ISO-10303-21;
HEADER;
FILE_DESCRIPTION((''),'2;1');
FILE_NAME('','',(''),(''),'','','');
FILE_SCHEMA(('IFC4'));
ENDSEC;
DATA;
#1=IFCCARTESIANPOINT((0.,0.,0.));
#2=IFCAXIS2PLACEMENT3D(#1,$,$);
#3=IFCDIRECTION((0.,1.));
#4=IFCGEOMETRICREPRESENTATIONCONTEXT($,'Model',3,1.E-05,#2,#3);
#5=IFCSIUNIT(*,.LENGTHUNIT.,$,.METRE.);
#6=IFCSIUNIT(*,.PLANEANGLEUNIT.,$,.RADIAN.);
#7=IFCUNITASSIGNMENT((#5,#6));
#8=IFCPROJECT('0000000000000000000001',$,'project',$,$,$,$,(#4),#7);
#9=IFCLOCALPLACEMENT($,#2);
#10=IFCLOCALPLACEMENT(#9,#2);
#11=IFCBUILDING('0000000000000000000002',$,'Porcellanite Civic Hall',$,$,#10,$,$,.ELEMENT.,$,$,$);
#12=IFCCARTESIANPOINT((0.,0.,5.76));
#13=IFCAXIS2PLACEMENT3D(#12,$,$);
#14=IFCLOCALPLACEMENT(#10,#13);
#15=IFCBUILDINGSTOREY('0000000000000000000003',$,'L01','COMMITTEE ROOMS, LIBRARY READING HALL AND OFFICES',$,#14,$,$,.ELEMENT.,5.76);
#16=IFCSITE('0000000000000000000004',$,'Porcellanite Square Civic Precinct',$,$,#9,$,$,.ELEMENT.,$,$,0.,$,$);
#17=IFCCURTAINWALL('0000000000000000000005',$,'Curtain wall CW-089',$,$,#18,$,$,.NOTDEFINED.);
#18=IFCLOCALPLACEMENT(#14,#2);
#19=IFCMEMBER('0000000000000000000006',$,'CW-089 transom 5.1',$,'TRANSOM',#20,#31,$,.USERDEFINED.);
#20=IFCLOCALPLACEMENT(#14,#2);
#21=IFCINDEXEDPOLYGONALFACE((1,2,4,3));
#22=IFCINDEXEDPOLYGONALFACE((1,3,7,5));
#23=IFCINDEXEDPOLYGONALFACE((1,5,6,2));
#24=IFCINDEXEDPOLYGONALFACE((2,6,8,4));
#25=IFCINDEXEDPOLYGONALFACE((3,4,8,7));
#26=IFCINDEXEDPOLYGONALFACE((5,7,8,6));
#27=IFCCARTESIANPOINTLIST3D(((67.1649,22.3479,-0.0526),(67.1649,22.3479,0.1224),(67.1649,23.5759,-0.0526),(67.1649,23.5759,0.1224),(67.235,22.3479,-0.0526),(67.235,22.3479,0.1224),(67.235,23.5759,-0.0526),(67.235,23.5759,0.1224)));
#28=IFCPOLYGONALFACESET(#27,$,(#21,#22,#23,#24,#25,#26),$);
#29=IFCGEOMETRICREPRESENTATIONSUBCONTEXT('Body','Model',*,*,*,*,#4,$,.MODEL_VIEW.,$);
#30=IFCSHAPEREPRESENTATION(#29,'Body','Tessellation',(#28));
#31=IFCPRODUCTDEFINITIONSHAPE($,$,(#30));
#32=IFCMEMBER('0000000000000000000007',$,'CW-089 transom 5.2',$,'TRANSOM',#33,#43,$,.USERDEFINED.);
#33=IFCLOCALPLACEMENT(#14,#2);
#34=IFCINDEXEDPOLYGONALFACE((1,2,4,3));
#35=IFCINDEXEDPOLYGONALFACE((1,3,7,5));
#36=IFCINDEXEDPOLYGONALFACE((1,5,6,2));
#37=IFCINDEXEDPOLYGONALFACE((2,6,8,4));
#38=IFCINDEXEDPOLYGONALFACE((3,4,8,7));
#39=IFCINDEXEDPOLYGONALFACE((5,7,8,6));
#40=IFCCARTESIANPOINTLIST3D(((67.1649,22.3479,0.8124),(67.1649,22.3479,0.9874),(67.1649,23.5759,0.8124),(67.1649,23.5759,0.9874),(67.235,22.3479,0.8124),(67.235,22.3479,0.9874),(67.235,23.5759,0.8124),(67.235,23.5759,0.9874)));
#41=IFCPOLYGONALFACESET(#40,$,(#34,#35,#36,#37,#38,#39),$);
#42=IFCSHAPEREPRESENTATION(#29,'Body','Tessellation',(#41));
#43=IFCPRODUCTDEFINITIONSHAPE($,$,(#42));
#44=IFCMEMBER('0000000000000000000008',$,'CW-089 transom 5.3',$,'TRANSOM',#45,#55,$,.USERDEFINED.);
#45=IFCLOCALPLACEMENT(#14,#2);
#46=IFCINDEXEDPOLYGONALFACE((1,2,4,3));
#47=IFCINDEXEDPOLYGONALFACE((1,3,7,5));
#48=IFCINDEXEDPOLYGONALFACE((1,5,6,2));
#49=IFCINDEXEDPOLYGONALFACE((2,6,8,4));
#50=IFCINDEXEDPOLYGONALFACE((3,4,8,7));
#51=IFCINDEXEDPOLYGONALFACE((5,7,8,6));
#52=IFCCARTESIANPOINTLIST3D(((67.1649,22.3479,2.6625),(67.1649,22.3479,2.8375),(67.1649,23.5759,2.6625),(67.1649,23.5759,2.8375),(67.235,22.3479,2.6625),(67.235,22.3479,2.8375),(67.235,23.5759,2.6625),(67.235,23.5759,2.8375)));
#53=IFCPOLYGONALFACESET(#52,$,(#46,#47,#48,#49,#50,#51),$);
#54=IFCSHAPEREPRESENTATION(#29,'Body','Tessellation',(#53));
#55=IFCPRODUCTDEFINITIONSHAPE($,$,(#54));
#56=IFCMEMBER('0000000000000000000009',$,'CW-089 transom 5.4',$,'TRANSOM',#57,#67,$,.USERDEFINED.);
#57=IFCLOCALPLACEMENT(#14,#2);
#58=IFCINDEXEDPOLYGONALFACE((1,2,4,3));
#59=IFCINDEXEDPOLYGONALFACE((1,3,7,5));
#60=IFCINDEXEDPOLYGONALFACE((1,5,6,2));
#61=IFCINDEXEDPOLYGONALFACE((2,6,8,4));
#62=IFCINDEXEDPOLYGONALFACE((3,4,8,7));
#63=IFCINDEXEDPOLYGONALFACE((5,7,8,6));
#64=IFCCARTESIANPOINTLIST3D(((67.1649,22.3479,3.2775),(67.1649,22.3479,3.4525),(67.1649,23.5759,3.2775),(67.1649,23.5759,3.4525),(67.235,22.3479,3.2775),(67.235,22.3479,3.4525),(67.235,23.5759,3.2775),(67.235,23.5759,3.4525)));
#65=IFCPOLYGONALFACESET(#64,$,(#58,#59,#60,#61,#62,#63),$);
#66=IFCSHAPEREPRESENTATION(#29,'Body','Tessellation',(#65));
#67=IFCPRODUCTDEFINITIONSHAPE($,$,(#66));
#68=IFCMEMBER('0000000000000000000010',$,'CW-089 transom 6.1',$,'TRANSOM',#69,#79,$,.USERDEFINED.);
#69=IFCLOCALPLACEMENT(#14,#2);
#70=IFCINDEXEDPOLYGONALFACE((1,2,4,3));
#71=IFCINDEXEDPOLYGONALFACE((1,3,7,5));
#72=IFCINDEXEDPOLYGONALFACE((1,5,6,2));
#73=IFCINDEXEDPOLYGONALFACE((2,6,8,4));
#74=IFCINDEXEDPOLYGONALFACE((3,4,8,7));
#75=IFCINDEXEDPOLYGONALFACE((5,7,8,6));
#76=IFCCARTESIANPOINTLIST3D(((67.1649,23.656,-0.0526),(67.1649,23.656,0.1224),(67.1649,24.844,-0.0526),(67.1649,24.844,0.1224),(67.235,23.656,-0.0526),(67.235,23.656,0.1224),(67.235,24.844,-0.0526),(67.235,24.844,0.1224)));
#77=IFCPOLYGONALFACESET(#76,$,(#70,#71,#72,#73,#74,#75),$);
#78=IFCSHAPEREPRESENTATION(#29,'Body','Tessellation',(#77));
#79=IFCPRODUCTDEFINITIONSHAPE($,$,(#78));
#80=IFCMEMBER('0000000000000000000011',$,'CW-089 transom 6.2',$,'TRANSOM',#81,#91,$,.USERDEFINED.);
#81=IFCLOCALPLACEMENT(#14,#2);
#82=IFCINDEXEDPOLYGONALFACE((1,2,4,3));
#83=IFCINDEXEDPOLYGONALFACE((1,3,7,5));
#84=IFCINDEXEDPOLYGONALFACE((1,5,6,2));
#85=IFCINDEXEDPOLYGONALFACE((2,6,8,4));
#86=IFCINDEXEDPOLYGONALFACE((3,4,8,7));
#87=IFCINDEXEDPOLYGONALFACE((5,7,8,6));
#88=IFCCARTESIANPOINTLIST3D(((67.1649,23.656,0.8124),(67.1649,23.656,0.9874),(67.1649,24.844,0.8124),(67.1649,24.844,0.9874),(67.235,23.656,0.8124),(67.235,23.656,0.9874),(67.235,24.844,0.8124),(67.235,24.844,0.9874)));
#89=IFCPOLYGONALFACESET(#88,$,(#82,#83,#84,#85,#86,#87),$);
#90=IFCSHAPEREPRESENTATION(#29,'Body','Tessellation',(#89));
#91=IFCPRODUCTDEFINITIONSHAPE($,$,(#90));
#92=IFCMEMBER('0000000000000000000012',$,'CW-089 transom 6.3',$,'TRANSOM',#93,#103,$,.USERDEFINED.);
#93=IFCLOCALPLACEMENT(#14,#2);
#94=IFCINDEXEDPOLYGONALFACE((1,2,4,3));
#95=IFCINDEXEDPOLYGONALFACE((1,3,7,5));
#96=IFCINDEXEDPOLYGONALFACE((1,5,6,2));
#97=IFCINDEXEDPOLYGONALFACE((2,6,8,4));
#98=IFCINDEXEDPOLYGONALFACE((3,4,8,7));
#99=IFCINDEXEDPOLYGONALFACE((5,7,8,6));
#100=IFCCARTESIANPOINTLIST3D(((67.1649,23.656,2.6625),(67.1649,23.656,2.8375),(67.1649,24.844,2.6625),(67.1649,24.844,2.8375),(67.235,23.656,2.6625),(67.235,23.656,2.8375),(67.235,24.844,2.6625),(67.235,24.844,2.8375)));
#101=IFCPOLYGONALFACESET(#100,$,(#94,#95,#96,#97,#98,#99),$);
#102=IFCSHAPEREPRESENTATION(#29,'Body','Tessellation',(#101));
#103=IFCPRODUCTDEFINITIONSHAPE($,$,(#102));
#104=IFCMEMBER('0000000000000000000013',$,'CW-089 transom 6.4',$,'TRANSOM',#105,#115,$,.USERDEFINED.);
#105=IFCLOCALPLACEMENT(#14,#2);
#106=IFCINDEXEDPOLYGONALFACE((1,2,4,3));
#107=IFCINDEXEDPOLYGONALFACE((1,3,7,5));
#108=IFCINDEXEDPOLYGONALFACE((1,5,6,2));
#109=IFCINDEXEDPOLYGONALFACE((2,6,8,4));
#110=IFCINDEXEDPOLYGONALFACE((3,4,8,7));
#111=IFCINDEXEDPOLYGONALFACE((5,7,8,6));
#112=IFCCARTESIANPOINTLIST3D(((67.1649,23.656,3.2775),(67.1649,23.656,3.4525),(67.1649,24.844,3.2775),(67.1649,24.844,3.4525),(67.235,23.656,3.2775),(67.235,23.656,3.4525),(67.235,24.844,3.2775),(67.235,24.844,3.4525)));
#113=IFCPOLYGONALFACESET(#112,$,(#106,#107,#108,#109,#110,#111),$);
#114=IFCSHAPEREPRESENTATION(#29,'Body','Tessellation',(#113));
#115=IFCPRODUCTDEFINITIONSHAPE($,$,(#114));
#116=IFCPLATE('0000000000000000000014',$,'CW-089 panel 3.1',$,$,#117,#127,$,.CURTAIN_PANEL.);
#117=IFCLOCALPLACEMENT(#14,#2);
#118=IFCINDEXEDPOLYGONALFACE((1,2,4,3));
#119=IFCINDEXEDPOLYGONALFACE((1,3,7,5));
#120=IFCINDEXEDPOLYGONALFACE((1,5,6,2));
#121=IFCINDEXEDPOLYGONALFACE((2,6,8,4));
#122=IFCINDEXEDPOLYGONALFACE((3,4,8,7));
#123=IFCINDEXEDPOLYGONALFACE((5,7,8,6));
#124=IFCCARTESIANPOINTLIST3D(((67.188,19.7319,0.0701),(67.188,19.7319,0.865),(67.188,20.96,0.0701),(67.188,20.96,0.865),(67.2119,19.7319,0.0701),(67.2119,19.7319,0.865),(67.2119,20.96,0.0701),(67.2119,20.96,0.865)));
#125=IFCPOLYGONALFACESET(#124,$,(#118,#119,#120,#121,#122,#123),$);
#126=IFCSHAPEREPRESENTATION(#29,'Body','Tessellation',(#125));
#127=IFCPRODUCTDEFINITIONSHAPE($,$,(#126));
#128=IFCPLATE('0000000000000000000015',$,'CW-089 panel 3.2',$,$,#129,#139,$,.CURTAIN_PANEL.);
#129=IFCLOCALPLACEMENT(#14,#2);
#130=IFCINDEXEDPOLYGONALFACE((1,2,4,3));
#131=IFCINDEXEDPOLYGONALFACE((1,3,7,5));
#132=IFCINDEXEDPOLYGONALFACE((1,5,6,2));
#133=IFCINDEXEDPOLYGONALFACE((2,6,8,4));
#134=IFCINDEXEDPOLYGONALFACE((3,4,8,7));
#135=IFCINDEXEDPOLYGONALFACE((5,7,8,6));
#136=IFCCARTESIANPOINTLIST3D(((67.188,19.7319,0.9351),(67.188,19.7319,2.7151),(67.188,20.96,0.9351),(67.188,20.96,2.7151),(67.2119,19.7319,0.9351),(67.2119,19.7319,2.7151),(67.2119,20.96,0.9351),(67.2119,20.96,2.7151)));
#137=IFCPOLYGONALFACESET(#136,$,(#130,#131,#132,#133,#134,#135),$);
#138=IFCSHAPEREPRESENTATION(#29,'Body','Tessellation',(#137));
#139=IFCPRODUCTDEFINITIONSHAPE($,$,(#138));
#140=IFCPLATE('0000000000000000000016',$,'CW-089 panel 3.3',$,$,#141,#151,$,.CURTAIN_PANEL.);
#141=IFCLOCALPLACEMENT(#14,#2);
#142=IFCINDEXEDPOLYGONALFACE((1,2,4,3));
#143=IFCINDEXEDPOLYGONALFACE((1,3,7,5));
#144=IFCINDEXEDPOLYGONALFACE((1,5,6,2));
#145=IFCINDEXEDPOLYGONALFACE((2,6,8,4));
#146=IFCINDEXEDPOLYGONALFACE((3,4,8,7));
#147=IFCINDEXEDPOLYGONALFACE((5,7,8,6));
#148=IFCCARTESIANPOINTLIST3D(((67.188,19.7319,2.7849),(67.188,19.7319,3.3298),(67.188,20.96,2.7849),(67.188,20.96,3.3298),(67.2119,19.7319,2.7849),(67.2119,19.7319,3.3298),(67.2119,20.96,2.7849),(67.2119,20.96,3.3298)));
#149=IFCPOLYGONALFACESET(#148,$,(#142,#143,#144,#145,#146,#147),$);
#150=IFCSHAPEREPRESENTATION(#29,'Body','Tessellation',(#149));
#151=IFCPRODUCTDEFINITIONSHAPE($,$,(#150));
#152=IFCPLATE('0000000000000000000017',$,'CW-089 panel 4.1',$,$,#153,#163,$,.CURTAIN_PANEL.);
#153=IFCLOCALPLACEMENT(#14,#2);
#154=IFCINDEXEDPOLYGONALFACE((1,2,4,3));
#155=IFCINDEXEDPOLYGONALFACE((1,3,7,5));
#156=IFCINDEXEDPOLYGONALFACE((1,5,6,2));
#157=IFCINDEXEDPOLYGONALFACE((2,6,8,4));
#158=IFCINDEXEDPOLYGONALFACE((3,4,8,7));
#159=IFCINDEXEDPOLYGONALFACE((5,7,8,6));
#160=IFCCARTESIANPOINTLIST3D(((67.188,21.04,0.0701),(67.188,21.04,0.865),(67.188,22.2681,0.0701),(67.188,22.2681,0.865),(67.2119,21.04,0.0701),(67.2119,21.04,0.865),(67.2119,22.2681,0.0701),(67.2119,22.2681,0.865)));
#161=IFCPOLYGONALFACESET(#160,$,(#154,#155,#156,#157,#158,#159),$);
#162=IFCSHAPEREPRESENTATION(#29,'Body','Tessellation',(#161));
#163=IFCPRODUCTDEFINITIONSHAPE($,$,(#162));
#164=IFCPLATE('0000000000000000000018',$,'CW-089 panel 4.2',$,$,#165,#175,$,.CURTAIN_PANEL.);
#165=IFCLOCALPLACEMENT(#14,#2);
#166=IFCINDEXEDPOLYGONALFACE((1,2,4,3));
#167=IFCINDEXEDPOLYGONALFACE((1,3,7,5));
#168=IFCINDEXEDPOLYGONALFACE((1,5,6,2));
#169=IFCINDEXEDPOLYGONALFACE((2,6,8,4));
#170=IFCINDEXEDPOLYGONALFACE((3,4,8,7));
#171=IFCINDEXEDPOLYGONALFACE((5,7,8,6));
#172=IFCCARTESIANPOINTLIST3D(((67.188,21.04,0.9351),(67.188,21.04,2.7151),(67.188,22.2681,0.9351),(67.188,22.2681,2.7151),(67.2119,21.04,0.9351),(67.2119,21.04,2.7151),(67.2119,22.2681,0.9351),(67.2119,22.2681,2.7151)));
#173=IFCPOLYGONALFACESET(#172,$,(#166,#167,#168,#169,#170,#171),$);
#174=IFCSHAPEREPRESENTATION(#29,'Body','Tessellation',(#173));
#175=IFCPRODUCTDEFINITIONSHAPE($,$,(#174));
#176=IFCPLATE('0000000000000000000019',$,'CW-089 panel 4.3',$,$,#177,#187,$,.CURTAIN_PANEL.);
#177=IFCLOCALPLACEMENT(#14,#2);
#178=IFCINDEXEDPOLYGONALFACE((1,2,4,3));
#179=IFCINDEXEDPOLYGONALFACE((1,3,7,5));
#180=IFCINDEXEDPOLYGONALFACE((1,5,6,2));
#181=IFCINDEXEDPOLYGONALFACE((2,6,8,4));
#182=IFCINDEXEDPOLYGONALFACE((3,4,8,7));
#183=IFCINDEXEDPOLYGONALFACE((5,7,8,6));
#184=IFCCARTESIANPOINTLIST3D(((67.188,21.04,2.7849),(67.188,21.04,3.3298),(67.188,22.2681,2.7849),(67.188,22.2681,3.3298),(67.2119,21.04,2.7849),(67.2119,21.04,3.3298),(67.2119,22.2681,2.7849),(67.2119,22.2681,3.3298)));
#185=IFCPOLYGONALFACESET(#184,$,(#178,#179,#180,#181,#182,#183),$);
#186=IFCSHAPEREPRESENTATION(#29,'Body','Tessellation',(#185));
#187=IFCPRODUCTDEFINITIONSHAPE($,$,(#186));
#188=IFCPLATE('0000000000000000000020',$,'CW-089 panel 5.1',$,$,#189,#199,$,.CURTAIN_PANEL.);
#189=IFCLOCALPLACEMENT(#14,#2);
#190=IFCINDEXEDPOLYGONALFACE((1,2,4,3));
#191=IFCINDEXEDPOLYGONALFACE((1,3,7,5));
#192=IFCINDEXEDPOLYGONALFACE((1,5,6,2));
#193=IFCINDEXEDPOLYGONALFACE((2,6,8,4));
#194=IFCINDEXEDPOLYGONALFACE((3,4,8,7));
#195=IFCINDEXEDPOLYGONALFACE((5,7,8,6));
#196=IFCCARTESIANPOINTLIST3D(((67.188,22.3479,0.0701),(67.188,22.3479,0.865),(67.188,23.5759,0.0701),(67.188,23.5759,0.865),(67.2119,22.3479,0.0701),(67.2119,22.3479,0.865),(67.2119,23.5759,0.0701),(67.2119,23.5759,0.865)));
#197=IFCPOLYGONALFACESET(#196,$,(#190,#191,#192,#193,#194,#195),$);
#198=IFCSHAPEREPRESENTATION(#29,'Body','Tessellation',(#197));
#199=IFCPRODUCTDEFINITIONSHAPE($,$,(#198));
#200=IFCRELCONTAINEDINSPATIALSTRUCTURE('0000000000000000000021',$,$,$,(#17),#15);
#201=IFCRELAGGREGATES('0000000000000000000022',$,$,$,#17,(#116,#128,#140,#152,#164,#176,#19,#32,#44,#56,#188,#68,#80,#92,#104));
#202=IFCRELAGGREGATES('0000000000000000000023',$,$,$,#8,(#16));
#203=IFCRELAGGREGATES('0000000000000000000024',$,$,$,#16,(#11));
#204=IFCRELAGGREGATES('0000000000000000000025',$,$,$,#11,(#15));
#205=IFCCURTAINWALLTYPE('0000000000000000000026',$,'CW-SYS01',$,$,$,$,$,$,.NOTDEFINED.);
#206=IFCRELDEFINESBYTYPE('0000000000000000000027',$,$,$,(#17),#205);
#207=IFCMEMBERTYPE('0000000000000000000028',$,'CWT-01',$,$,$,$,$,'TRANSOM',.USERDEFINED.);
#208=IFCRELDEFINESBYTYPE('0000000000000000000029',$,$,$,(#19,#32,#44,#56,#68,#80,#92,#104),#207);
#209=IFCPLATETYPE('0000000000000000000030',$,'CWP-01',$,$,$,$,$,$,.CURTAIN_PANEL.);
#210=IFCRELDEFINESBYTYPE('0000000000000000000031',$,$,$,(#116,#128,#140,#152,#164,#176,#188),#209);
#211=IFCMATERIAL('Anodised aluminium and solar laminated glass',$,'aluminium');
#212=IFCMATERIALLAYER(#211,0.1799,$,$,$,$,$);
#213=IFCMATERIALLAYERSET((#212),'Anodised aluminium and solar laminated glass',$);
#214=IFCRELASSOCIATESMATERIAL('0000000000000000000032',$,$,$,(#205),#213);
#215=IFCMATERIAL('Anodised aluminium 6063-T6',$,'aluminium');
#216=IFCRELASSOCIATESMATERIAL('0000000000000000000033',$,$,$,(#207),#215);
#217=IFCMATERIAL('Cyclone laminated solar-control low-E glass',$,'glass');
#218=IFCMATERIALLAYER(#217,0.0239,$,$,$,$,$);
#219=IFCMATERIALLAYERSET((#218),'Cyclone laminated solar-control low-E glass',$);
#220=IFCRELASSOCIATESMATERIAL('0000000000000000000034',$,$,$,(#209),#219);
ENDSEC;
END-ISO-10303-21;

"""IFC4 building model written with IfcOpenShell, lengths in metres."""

from ifc_helpers import new_model, si_unit, direction, frame, origin, origin_2d, place, context, subcontext, project, spatial, rectangle, extrude, material, layer, layer_set, material_profile, profile_set, type_object, element, aggregate, save


model = new_model("IFC4")

# Units and contexts
model_context = context("Model", 3, precision=1e-05, world=origin(), true_north=direction((0.0, 1.0)))
body_context = subcontext(model_context, "Body", "Model", "MODEL_VIEW")
ifc_project = project(units=[si_unit("LENGTHUNIT", "METRE"), si_unit("PLANEANGLEUNIT", "RADIAN")], contexts=[model_context])

# Site, building, storey
site_placement = place(None, origin())
site = spatial("IfcSite", under=ifc_project, at=site_placement, Name="Porcellanite Square Civic Precinct", CompositionType="ELEMENT", RefElevation=0.0)
building_placement = place(site_placement, origin())
building = spatial("IfcBuilding", under=site, at=building_placement, Name="Porcellanite Civic Hall", CompositionType="ELEMENT")
storey_placement = place(building_placement, frame((0.0, 0.0, 5.76)))
storey = spatial("IfcBuildingStorey", under=building, at=storey_placement, Name="L01", Description="COMMITTEE ROOMS, LIBRARY READING HALL AND OFFICES", CompositionType="ELEMENT", Elevation=5.76)

# Curtain wall, members, plates
ifc_material_1 = material(Name="Anodised aluminium and solar laminated glass", Category="aluminium")
ifc_layer_1 = layer(ifc_material_1, 0.1799)
ifc_layer_set_1 = layer_set([ifc_layer_1], Name="Anodised aluminium and solar laminated glass")
curtain_wall_type = type_object("IfcCurtainWallType", Name="CW-SYS01", PredefinedType="NOTDEFINED", material=ifc_layer_set_1)
curtain_wall_placement = place(storey_placement, origin())
curtain_wall = element("IfcCurtainWall", 1, at=curtain_wall_placement, inside=storey, type_object=curtain_wall_type, Name="Curtain wall CW-089", PredefinedType="NOTDEFINED")
ifc_material_2 = material(Name="Anodised aluminium 6063-T6", Category="aluminium")
ifc_material_profile_1 = material_profile(ifc_material_2, rectangle(XDim=0.0701, YDim=0.175, at=origin_2d()), Name="AL-70x175")
ifc_profile_set_1 = profile_set([ifc_material_profile_1], Name="Anodised aluminium 6063-T6")
member_type_1 = type_object("IfcMemberType", Name="CWT-01", ElementType="TRANSOM", PredefinedType="USERDEFINED", material=ifc_profile_set_1)
member_1_placement = place(storey_placement, frame((67.2, 22.3479, 0.0349), z_axis=(0.0, 1.0, 0.0), x_axis=(-1.0, 0.0, 0.0)))
member_1 = element("IfcMember", 2, at=member_1_placement, type_object=member_type_1, Name="CW-089 transom 5.1", ObjectType="TRANSOM", PredefinedType="USERDEFINED", context=body_context, shape_type="SweptSolid", body=[
    extrude(rectangle(XDim=0.0701, YDim=0.175, at=origin_2d()), origin(), (0.0, 0.0, 1.0), 1.228),
])
member_2_placement = place(storey_placement, frame((67.2, 22.3479, 0.8999), z_axis=(0.0, 1.0, 0.0), x_axis=(-1.0, 0.0, 0.0)))
member_2 = element("IfcMember", 3, at=member_2_placement, type_object=member_type_1, Name="CW-089 transom 5.2", ObjectType="TRANSOM", PredefinedType="USERDEFINED", context=body_context, shape_type="SweptSolid", body=[
    extrude(rectangle(XDim=0.0701, YDim=0.175, at=origin_2d()), origin(), (0.0, 0.0, 1.0), 1.228),
])
member_3_placement = place(storey_placement, frame((67.2, 22.3479, 2.75), z_axis=(0.0, 1.0, 0.0), x_axis=(-1.0, 0.0, 0.0)))
member_3 = element("IfcMember", 4, at=member_3_placement, type_object=member_type_1, Name="CW-089 transom 5.3", ObjectType="TRANSOM", PredefinedType="USERDEFINED", context=body_context, shape_type="SweptSolid", body=[
    extrude(rectangle(XDim=0.0701, YDim=0.175, at=origin_2d()), origin(), (0.0, 0.0, 1.0), 1.228),
])
member_4_placement = place(storey_placement, frame((67.2, 22.3479, 3.365), z_axis=(0.0, 1.0, 0.0), x_axis=(-1.0, 0.0, 0.0)))
member_4 = element("IfcMember", 5, at=member_4_placement, type_object=member_type_1, Name="CW-089 transom 5.4", ObjectType="TRANSOM", PredefinedType="USERDEFINED", context=body_context, shape_type="SweptSolid", body=[
    extrude(rectangle(XDim=0.0701, YDim=0.175, at=origin_2d()), origin(), (0.0, 0.0, 1.0), 1.228),
])
member_5_placement = place(storey_placement, frame((67.2, 23.656, 0.0349), z_axis=(0.0, 1.0, 0.0), x_axis=(-1.0, 0.0, 0.0)))
member_5 = element("IfcMember", 6, at=member_5_placement, type_object=member_type_1, Name="CW-089 transom 6.1", ObjectType="TRANSOM", PredefinedType="USERDEFINED", context=body_context, shape_type="SweptSolid", body=[
    extrude(rectangle(XDim=0.0701, YDim=0.175, at=origin_2d()), origin(), (0.0, 0.0, 1.0), 1.188),
])
member_6_placement = place(storey_placement, frame((67.2, 23.656, 0.8999), z_axis=(0.0, 1.0, 0.0), x_axis=(-1.0, 0.0, 0.0)))
member_6 = element("IfcMember", 7, at=member_6_placement, type_object=member_type_1, Name="CW-089 transom 6.2", ObjectType="TRANSOM", PredefinedType="USERDEFINED", context=body_context, shape_type="SweptSolid", body=[
    extrude(rectangle(XDim=0.0701, YDim=0.175, at=origin_2d()), origin(), (0.0, 0.0, 1.0), 1.188),
])
member_7_placement = place(storey_placement, frame((67.2, 23.656, 2.75), z_axis=(0.0, 1.0, 0.0), x_axis=(-1.0, 0.0, 0.0)))
member_7 = element("IfcMember", 8, at=member_7_placement, type_object=member_type_1, Name="CW-089 transom 6.3", ObjectType="TRANSOM", PredefinedType="USERDEFINED", context=body_context, shape_type="SweptSolid", body=[
    extrude(rectangle(XDim=0.0701, YDim=0.175, at=origin_2d()), origin(), (0.0, 0.0, 1.0), 1.188),
])
member_8_placement = place(storey_placement, frame((67.2, 23.656, 3.365), z_axis=(0.0, 1.0, 0.0), x_axis=(-1.0, 0.0, 0.0)))
member_8 = element("IfcMember", 9, at=member_8_placement, type_object=member_type_1, Name="CW-089 transom 6.4", ObjectType="TRANSOM", PredefinedType="USERDEFINED", context=body_context, shape_type="SweptSolid", body=[
    extrude(rectangle(XDim=0.0701, YDim=0.175, at=origin_2d()), origin(), (0.0, 0.0, 1.0), 1.188),
])
ifc_material_3 = material(Name="Cyclone laminated solar-control low-E glass", Category="glass")
ifc_layer_2 = layer(ifc_material_3, 0.0239)
ifc_layer_set_2 = layer_set([ifc_layer_2], Name="Cyclone laminated solar-control low-E glass")
plate_type = type_object("IfcPlateType", Name="CWP-01", PredefinedType="CURTAIN_PANEL", material=ifc_layer_set_2)
plate_1_placement = place(storey_placement, frame((67.2, 20.3459, 0.0701), z_axis=(0.0, 0.0, 1.0), x_axis=(0.0, 1.0, 0.0)))
plate_1 = element("IfcPlate", 10, at=plate_1_placement, type_object=plate_type, Name="CW-089 panel 3.1", PredefinedType="CURTAIN_PANEL", context=body_context, shape_type="SweptSolid", body=[
    extrude(rectangle(XDim=1.228, YDim=0.0239, at=origin_2d()), origin(), (0.0, 0.0, 1.0), 0.7949),
])
plate_2_placement = place(storey_placement, frame((67.2, 20.3459, 0.9351), z_axis=(0.0, 0.0, 1.0), x_axis=(0.0, 1.0, 0.0)))
plate_2 = element("IfcPlate", 11, at=plate_2_placement, type_object=plate_type, Name="CW-089 panel 3.2", PredefinedType="CURTAIN_PANEL", context=body_context, shape_type="SweptSolid", body=[
    extrude(rectangle(XDim=1.228, YDim=0.0239, at=origin_2d()), origin(), (0.0, 0.0, 1.0), 1.78),
])
plate_3_placement = place(storey_placement, frame((67.2, 20.3459, 2.7849), z_axis=(0.0, 0.0, 1.0), x_axis=(0.0, 1.0, 0.0)))
plate_3 = element("IfcPlate", 12, at=plate_3_placement, type_object=plate_type, Name="CW-089 panel 3.3", PredefinedType="CURTAIN_PANEL", context=body_context, shape_type="SweptSolid", body=[
    extrude(rectangle(XDim=1.228, YDim=0.0239, at=origin_2d()), origin(), (0.0, 0.0, 1.0), 0.5449),
])
plate_4_placement = place(storey_placement, frame((67.2, 21.6541, 0.0701), z_axis=(0.0, 0.0, 1.0), x_axis=(0.0, 1.0, 0.0)))
plate_4 = element("IfcPlate", 13, at=plate_4_placement, type_object=plate_type, Name="CW-089 panel 4.1", PredefinedType="CURTAIN_PANEL", context=body_context, shape_type="SweptSolid", body=[
    extrude(rectangle(XDim=1.228, YDim=0.0239, at=origin_2d()), origin(), (0.0, 0.0, 1.0), 0.7949),
])
plate_5_placement = place(storey_placement, frame((67.2, 21.6541, 0.9351), z_axis=(0.0, 0.0, 1.0), x_axis=(0.0, 1.0, 0.0)))
plate_5 = element("IfcPlate", 14, at=plate_5_placement, type_object=plate_type, Name="CW-089 panel 4.2", PredefinedType="CURTAIN_PANEL", context=body_context, shape_type="SweptSolid", body=[
    extrude(rectangle(XDim=1.228, YDim=0.0239, at=origin_2d()), origin(), (0.0, 0.0, 1.0), 1.78),
])
plate_6_placement = place(storey_placement, frame((67.2, 21.6541, 2.7849), z_axis=(0.0, 0.0, 1.0), x_axis=(0.0, 1.0, 0.0)))
plate_6 = element("IfcPlate", 15, at=plate_6_placement, type_object=plate_type, Name="CW-089 panel 4.3", PredefinedType="CURTAIN_PANEL", context=body_context, shape_type="SweptSolid", body=[
    extrude(rectangle(XDim=1.228, YDim=0.0239, at=origin_2d()), origin(), (0.0, 0.0, 1.0), 0.5449),
])
plate_7_placement = place(storey_placement, frame((67.2, 22.9619, 0.0701), z_axis=(0.0, 0.0, 1.0), x_axis=(0.0, 1.0, 0.0)))
plate_7 = element("IfcPlate", 16, at=plate_7_placement, type_object=plate_type, Name="CW-089 panel 5.1", PredefinedType="CURTAIN_PANEL", context=body_context, shape_type="SweptSolid", body=[
    extrude(rectangle(XDim=1.228, YDim=0.0239, at=origin_2d()), origin(), (0.0, 0.0, 1.0), 0.7949),
])
aggregate(curtain_wall, [plate_1, plate_2, plate_3, plate_4, plate_5, plate_6, member_1, member_2, member_3, member_4, plate_7, member_5, member_6, member_7, member_8])

save(model, "model.ifc")
